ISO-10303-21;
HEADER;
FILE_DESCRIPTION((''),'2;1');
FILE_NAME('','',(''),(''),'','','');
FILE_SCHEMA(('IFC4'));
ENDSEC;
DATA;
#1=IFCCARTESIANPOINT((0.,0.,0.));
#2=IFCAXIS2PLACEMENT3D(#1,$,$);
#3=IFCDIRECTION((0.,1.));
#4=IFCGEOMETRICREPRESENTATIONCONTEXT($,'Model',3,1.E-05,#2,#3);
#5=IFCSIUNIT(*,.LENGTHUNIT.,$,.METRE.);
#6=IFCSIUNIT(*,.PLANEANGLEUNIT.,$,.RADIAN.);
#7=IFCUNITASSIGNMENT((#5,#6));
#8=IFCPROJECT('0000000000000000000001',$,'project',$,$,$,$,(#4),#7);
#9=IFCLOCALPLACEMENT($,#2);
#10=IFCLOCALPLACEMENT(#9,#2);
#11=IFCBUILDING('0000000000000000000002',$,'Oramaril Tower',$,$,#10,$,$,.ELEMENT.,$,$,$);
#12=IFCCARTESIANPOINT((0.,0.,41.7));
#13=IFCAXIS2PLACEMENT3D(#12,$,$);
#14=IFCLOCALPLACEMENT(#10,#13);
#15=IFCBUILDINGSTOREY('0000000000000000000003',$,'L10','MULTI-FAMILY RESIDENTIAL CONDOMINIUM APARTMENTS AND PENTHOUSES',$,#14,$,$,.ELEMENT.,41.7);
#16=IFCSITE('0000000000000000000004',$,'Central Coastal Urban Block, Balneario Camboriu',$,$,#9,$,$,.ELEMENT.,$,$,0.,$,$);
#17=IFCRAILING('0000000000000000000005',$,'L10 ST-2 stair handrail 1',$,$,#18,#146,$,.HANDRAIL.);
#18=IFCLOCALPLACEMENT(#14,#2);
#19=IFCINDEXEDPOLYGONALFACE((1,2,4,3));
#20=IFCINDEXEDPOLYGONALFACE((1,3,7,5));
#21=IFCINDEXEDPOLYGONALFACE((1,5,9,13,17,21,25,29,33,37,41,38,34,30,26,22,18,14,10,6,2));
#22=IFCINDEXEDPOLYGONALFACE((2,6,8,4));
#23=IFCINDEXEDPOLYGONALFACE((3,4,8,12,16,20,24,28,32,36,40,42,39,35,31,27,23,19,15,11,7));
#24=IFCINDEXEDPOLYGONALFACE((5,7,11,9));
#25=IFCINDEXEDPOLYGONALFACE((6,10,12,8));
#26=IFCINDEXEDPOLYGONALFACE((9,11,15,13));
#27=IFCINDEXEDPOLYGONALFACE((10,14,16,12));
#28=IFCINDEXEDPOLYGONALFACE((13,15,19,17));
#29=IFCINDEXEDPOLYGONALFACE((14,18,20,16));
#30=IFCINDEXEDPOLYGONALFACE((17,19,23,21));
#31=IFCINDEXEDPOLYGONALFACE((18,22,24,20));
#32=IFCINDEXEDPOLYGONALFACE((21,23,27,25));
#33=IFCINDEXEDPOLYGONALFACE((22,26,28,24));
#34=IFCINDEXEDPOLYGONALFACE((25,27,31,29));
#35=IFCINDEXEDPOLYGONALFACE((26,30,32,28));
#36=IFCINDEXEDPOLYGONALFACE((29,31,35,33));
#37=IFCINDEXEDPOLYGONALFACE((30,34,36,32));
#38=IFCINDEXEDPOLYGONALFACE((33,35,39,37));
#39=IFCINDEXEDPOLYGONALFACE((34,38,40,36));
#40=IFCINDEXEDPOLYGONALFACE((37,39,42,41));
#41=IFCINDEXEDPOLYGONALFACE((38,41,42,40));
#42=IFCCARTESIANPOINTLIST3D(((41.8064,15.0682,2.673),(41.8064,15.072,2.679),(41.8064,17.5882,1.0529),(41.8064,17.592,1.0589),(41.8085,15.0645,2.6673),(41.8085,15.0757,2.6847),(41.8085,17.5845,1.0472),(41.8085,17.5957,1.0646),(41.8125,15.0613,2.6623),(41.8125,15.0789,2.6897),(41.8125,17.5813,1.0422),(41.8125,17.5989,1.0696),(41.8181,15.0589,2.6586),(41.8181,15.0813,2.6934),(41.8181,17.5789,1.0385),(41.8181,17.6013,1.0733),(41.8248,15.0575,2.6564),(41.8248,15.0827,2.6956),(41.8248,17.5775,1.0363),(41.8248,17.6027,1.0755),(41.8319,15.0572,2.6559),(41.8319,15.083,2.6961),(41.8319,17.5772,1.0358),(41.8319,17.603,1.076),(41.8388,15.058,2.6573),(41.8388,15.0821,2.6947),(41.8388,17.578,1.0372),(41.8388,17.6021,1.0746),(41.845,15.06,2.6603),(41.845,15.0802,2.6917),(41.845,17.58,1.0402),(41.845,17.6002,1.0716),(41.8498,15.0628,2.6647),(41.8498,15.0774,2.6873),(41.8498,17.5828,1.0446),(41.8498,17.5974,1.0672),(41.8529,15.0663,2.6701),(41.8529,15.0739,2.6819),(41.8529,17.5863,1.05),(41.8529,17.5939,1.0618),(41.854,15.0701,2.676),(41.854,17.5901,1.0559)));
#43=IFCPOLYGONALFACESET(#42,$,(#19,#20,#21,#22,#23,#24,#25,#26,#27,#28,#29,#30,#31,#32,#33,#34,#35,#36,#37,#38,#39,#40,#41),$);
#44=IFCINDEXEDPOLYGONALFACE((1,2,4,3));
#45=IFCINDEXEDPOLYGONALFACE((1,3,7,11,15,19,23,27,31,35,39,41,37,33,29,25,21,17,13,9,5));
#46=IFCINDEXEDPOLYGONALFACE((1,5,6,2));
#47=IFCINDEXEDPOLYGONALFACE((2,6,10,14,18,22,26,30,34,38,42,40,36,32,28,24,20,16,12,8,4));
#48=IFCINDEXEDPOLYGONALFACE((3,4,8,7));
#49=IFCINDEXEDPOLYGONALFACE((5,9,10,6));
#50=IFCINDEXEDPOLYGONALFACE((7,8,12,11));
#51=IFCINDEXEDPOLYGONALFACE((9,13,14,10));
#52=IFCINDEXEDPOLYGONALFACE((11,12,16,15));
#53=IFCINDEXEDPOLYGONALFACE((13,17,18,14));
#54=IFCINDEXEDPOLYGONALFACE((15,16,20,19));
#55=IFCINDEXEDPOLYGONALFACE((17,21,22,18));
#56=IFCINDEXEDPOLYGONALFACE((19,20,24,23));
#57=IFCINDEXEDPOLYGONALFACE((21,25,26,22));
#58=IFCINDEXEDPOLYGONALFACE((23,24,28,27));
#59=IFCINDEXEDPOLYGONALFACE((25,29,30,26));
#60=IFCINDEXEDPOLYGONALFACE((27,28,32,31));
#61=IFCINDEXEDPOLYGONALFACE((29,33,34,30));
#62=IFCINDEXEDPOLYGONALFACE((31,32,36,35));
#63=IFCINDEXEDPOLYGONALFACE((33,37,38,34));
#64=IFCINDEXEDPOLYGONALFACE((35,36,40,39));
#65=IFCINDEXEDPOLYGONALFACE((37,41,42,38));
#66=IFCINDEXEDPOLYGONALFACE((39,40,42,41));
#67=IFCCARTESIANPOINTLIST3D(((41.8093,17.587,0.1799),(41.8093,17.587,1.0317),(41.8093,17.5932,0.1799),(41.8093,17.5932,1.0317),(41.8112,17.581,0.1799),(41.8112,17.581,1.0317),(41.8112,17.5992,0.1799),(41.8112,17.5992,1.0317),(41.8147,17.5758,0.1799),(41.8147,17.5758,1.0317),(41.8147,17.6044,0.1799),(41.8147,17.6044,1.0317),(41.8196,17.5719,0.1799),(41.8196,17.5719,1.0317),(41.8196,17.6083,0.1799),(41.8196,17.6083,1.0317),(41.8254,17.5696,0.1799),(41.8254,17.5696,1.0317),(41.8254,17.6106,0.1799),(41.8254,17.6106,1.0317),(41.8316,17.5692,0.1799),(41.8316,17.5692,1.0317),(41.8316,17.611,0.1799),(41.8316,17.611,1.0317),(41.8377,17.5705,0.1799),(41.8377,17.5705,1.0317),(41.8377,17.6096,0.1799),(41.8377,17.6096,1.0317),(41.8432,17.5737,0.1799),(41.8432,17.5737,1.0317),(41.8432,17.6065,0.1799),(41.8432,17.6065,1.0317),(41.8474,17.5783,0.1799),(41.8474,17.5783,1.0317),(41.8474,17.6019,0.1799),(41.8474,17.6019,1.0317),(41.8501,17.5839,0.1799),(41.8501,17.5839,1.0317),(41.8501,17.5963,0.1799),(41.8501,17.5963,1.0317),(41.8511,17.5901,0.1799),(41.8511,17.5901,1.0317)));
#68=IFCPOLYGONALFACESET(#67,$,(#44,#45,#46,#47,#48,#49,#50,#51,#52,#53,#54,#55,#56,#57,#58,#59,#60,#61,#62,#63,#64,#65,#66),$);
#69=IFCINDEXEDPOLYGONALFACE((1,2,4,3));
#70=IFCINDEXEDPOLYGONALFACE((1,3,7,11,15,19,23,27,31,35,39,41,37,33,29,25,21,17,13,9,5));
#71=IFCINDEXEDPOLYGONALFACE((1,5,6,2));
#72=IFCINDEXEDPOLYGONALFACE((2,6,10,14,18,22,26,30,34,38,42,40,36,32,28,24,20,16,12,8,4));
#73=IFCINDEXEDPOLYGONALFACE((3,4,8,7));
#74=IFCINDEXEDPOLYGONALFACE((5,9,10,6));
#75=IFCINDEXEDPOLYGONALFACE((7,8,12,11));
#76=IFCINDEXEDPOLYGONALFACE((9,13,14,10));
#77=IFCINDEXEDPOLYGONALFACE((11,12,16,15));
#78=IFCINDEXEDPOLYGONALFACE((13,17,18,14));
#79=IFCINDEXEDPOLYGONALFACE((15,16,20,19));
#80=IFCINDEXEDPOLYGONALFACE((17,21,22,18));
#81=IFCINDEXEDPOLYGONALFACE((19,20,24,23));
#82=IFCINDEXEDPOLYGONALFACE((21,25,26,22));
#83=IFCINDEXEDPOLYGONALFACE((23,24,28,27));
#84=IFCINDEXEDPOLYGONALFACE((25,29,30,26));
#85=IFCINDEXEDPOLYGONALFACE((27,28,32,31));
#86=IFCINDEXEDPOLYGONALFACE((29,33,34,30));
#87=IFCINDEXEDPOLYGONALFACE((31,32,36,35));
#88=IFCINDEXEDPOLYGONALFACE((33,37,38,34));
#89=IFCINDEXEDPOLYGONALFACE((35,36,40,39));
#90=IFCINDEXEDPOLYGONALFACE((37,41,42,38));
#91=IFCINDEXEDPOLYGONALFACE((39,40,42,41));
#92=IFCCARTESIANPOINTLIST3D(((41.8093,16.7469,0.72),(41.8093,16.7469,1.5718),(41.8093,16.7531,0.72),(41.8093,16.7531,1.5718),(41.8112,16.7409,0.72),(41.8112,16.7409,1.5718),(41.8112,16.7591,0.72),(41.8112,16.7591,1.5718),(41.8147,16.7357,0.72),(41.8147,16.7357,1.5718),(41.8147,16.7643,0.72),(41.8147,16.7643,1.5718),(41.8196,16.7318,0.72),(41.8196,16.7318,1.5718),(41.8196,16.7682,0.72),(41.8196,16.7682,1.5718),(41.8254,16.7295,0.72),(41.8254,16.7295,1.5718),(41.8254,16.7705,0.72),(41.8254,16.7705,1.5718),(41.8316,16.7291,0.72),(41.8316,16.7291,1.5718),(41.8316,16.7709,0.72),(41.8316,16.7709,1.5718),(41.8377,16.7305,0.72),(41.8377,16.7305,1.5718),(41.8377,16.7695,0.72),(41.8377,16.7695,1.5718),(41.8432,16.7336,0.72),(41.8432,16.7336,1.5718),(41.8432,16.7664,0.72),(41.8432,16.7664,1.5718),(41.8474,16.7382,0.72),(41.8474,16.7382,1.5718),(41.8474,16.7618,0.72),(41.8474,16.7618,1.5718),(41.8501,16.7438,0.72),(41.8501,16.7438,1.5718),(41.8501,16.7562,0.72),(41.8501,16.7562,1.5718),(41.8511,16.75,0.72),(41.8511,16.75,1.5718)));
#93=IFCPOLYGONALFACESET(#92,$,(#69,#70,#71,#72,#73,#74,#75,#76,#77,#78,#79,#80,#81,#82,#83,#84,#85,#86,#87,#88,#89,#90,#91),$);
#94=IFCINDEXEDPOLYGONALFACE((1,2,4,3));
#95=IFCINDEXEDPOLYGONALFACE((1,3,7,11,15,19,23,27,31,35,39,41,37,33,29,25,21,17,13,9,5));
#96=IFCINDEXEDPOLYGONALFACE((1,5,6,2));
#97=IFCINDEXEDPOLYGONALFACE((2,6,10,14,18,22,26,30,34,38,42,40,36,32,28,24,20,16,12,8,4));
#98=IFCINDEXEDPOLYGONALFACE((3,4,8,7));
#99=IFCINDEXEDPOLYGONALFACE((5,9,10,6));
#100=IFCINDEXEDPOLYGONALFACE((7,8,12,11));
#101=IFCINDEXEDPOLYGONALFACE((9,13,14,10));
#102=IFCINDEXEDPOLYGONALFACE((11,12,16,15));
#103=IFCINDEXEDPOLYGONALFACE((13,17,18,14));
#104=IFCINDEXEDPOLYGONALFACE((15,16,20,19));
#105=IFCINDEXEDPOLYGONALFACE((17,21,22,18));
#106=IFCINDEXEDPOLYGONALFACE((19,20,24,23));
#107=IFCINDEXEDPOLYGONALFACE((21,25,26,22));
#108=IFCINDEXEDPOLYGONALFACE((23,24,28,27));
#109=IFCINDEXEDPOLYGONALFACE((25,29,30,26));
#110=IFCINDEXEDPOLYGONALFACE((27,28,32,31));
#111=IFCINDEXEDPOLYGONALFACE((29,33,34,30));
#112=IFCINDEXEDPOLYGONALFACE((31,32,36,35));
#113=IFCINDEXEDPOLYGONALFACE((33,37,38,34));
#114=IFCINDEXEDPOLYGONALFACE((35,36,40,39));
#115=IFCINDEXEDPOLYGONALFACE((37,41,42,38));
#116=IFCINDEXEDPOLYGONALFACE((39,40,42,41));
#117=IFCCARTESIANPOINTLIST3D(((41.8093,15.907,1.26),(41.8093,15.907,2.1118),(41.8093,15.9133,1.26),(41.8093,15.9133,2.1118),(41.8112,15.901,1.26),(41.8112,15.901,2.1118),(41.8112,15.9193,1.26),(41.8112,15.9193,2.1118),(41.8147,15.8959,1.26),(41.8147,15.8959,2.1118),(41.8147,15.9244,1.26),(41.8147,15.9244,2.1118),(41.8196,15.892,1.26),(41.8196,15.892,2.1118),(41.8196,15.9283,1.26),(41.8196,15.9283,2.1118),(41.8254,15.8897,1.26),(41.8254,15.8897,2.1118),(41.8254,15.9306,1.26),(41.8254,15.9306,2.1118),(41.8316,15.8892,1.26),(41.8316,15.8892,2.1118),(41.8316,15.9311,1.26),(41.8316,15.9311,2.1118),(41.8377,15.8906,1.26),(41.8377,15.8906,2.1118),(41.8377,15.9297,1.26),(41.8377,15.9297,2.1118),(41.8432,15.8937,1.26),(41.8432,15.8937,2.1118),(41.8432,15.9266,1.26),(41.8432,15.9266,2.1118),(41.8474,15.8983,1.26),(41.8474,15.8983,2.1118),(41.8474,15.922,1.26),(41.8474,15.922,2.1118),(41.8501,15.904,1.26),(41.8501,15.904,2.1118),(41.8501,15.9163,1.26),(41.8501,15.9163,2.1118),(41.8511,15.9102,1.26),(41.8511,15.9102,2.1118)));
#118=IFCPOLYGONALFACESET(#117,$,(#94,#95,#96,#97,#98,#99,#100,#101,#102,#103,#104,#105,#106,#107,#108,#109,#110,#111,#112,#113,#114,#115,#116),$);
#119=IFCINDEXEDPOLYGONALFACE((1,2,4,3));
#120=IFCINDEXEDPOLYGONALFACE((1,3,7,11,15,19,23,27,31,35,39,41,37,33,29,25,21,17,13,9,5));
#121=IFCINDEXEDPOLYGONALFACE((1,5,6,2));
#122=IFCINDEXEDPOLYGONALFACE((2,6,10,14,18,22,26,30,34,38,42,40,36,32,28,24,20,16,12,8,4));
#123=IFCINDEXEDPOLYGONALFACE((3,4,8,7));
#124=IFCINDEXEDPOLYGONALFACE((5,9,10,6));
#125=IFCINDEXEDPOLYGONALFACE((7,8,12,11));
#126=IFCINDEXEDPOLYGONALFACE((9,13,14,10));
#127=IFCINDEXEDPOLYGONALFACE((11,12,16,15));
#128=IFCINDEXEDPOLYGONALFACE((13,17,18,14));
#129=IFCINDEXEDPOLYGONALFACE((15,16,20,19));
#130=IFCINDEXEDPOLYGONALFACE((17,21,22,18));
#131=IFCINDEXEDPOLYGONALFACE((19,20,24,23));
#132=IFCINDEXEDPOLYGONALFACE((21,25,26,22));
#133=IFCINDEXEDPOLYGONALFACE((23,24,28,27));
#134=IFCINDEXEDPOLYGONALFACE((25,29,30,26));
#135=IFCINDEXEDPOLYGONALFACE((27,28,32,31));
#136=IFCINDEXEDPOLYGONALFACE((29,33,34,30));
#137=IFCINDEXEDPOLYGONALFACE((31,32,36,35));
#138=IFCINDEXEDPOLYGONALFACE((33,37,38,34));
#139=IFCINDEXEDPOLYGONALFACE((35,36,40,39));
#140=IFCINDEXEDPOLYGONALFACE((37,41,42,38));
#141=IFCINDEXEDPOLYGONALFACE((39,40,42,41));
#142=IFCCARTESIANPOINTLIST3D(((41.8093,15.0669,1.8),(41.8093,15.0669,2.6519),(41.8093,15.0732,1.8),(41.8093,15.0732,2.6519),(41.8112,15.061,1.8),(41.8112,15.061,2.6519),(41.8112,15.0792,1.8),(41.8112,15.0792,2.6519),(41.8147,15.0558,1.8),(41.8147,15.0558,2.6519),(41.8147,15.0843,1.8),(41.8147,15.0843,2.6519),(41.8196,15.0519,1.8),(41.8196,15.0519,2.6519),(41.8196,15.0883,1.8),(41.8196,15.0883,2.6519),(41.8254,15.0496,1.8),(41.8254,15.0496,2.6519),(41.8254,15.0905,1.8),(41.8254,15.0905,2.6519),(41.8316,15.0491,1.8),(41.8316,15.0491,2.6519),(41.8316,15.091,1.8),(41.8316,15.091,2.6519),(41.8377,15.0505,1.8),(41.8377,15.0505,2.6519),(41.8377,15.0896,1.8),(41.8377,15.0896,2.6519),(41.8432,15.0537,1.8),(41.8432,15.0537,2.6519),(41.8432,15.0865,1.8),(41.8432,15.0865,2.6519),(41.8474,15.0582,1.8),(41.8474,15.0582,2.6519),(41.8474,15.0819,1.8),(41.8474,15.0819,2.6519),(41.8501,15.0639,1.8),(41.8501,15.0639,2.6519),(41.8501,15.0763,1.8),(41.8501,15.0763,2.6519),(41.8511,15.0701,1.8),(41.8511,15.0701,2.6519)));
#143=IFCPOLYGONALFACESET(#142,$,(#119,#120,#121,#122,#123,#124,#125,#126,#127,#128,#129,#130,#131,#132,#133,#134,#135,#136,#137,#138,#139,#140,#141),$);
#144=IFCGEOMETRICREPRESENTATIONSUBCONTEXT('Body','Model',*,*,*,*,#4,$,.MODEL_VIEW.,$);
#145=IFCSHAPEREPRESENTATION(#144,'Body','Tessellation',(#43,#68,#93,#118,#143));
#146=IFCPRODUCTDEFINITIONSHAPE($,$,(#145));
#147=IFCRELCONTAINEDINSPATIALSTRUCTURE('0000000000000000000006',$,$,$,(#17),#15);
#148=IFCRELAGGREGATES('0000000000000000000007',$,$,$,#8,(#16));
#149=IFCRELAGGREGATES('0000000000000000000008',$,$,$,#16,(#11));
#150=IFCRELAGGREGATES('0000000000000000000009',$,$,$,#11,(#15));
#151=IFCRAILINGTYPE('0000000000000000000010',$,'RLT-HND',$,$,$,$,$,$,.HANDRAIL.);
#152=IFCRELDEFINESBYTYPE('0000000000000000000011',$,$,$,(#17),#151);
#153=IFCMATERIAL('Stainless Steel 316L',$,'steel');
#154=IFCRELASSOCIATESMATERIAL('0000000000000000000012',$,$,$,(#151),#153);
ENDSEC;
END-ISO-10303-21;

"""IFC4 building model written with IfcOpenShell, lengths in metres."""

from ifc_helpers import new_model, si_unit, direction, frame, origin, origin_2d, place, context, subcontext, project, spatial, circle, extrude, material, type_object, element, save


model = new_model("IFC4")

# Units and contexts
model_context = context("Model", 3, precision=1e-05, world=origin(), true_north=direction((0.0, 1.0)))
body_context = subcontext(model_context, "Body", "Model", "MODEL_VIEW")
ifc_project = project(units=[si_unit("LENGTHUNIT", "METRE"), si_unit("PLANEANGLEUNIT", "RADIAN")], contexts=[model_context])

# Site, building, storey
site_placement = place(None, origin())
site = spatial("IfcSite", under=ifc_project, at=site_placement, Name="Central Coastal Urban Block, Balneario Camboriu", CompositionType="ELEMENT", RefElevation=0.0)
building_placement = place(site_placement, origin())
building = spatial("IfcBuilding", under=site, at=building_placement, Name="Oramaril Tower", CompositionType="ELEMENT")
storey_placement = place(building_placement, frame((0.0, 0.0, 41.7)))
storey = spatial("IfcBuildingStorey", under=building, at=storey_placement, Name="L10", Description="MULTI-FAMILY RESIDENTIAL CONDOMINIUM APARTMENTS AND PENTHOUSES", CompositionType="ELEMENT", Elevation=41.7)

# Railing
ifc_material_1 = material(Name="Stainless Steel 316L", Category="steel")
railing_type_1 = type_object("IfcRailingType", Name="RLT-HND", PredefinedType="HANDRAIL", material=ifc_material_1)
railing_1_placement = place(storey_placement, frame((41.8301, 17.5901, 0.1799)))
element("IfcRailing", 1, at=railing_1_placement, inside=storey, type_object=railing_type_1, Name="L10 ST-2 stair handrail 1", PredefinedType="HANDRAIL", context=body_context, shape_type="SweptSolid", body=[
    extrude(circle(Radius=0.0239, at=origin_2d()), frame((0.0, 0.0, 0.876), z_axis=(0.0, -0.841163, 0.540782), x_axis=(1.0, 0.0, 0.0)), (0.0, 0.0, 1.0), 2.9958),
    extrude(circle(Radius=0.021, at=origin_2d()), origin(), (0.0, 0.0, 1.0), 0.8518),
    extrude(circle(Radius=0.021, at=origin_2d()), frame((0.0, -0.8401, 0.54)), (0.0, 0.0, 1.0), 0.8518),
    extrude(circle(Radius=0.021, at=origin_2d()), frame((0.0, -1.6799, 1.0801)), (0.0, 0.0, 1.0), 0.8518),
    extrude(circle(Radius=0.021, at=origin_2d()), frame((0.0, -2.52, 1.6201)), (0.0, 0.0, 1.0), 0.8518),
])

save(model, "model.ifc")
